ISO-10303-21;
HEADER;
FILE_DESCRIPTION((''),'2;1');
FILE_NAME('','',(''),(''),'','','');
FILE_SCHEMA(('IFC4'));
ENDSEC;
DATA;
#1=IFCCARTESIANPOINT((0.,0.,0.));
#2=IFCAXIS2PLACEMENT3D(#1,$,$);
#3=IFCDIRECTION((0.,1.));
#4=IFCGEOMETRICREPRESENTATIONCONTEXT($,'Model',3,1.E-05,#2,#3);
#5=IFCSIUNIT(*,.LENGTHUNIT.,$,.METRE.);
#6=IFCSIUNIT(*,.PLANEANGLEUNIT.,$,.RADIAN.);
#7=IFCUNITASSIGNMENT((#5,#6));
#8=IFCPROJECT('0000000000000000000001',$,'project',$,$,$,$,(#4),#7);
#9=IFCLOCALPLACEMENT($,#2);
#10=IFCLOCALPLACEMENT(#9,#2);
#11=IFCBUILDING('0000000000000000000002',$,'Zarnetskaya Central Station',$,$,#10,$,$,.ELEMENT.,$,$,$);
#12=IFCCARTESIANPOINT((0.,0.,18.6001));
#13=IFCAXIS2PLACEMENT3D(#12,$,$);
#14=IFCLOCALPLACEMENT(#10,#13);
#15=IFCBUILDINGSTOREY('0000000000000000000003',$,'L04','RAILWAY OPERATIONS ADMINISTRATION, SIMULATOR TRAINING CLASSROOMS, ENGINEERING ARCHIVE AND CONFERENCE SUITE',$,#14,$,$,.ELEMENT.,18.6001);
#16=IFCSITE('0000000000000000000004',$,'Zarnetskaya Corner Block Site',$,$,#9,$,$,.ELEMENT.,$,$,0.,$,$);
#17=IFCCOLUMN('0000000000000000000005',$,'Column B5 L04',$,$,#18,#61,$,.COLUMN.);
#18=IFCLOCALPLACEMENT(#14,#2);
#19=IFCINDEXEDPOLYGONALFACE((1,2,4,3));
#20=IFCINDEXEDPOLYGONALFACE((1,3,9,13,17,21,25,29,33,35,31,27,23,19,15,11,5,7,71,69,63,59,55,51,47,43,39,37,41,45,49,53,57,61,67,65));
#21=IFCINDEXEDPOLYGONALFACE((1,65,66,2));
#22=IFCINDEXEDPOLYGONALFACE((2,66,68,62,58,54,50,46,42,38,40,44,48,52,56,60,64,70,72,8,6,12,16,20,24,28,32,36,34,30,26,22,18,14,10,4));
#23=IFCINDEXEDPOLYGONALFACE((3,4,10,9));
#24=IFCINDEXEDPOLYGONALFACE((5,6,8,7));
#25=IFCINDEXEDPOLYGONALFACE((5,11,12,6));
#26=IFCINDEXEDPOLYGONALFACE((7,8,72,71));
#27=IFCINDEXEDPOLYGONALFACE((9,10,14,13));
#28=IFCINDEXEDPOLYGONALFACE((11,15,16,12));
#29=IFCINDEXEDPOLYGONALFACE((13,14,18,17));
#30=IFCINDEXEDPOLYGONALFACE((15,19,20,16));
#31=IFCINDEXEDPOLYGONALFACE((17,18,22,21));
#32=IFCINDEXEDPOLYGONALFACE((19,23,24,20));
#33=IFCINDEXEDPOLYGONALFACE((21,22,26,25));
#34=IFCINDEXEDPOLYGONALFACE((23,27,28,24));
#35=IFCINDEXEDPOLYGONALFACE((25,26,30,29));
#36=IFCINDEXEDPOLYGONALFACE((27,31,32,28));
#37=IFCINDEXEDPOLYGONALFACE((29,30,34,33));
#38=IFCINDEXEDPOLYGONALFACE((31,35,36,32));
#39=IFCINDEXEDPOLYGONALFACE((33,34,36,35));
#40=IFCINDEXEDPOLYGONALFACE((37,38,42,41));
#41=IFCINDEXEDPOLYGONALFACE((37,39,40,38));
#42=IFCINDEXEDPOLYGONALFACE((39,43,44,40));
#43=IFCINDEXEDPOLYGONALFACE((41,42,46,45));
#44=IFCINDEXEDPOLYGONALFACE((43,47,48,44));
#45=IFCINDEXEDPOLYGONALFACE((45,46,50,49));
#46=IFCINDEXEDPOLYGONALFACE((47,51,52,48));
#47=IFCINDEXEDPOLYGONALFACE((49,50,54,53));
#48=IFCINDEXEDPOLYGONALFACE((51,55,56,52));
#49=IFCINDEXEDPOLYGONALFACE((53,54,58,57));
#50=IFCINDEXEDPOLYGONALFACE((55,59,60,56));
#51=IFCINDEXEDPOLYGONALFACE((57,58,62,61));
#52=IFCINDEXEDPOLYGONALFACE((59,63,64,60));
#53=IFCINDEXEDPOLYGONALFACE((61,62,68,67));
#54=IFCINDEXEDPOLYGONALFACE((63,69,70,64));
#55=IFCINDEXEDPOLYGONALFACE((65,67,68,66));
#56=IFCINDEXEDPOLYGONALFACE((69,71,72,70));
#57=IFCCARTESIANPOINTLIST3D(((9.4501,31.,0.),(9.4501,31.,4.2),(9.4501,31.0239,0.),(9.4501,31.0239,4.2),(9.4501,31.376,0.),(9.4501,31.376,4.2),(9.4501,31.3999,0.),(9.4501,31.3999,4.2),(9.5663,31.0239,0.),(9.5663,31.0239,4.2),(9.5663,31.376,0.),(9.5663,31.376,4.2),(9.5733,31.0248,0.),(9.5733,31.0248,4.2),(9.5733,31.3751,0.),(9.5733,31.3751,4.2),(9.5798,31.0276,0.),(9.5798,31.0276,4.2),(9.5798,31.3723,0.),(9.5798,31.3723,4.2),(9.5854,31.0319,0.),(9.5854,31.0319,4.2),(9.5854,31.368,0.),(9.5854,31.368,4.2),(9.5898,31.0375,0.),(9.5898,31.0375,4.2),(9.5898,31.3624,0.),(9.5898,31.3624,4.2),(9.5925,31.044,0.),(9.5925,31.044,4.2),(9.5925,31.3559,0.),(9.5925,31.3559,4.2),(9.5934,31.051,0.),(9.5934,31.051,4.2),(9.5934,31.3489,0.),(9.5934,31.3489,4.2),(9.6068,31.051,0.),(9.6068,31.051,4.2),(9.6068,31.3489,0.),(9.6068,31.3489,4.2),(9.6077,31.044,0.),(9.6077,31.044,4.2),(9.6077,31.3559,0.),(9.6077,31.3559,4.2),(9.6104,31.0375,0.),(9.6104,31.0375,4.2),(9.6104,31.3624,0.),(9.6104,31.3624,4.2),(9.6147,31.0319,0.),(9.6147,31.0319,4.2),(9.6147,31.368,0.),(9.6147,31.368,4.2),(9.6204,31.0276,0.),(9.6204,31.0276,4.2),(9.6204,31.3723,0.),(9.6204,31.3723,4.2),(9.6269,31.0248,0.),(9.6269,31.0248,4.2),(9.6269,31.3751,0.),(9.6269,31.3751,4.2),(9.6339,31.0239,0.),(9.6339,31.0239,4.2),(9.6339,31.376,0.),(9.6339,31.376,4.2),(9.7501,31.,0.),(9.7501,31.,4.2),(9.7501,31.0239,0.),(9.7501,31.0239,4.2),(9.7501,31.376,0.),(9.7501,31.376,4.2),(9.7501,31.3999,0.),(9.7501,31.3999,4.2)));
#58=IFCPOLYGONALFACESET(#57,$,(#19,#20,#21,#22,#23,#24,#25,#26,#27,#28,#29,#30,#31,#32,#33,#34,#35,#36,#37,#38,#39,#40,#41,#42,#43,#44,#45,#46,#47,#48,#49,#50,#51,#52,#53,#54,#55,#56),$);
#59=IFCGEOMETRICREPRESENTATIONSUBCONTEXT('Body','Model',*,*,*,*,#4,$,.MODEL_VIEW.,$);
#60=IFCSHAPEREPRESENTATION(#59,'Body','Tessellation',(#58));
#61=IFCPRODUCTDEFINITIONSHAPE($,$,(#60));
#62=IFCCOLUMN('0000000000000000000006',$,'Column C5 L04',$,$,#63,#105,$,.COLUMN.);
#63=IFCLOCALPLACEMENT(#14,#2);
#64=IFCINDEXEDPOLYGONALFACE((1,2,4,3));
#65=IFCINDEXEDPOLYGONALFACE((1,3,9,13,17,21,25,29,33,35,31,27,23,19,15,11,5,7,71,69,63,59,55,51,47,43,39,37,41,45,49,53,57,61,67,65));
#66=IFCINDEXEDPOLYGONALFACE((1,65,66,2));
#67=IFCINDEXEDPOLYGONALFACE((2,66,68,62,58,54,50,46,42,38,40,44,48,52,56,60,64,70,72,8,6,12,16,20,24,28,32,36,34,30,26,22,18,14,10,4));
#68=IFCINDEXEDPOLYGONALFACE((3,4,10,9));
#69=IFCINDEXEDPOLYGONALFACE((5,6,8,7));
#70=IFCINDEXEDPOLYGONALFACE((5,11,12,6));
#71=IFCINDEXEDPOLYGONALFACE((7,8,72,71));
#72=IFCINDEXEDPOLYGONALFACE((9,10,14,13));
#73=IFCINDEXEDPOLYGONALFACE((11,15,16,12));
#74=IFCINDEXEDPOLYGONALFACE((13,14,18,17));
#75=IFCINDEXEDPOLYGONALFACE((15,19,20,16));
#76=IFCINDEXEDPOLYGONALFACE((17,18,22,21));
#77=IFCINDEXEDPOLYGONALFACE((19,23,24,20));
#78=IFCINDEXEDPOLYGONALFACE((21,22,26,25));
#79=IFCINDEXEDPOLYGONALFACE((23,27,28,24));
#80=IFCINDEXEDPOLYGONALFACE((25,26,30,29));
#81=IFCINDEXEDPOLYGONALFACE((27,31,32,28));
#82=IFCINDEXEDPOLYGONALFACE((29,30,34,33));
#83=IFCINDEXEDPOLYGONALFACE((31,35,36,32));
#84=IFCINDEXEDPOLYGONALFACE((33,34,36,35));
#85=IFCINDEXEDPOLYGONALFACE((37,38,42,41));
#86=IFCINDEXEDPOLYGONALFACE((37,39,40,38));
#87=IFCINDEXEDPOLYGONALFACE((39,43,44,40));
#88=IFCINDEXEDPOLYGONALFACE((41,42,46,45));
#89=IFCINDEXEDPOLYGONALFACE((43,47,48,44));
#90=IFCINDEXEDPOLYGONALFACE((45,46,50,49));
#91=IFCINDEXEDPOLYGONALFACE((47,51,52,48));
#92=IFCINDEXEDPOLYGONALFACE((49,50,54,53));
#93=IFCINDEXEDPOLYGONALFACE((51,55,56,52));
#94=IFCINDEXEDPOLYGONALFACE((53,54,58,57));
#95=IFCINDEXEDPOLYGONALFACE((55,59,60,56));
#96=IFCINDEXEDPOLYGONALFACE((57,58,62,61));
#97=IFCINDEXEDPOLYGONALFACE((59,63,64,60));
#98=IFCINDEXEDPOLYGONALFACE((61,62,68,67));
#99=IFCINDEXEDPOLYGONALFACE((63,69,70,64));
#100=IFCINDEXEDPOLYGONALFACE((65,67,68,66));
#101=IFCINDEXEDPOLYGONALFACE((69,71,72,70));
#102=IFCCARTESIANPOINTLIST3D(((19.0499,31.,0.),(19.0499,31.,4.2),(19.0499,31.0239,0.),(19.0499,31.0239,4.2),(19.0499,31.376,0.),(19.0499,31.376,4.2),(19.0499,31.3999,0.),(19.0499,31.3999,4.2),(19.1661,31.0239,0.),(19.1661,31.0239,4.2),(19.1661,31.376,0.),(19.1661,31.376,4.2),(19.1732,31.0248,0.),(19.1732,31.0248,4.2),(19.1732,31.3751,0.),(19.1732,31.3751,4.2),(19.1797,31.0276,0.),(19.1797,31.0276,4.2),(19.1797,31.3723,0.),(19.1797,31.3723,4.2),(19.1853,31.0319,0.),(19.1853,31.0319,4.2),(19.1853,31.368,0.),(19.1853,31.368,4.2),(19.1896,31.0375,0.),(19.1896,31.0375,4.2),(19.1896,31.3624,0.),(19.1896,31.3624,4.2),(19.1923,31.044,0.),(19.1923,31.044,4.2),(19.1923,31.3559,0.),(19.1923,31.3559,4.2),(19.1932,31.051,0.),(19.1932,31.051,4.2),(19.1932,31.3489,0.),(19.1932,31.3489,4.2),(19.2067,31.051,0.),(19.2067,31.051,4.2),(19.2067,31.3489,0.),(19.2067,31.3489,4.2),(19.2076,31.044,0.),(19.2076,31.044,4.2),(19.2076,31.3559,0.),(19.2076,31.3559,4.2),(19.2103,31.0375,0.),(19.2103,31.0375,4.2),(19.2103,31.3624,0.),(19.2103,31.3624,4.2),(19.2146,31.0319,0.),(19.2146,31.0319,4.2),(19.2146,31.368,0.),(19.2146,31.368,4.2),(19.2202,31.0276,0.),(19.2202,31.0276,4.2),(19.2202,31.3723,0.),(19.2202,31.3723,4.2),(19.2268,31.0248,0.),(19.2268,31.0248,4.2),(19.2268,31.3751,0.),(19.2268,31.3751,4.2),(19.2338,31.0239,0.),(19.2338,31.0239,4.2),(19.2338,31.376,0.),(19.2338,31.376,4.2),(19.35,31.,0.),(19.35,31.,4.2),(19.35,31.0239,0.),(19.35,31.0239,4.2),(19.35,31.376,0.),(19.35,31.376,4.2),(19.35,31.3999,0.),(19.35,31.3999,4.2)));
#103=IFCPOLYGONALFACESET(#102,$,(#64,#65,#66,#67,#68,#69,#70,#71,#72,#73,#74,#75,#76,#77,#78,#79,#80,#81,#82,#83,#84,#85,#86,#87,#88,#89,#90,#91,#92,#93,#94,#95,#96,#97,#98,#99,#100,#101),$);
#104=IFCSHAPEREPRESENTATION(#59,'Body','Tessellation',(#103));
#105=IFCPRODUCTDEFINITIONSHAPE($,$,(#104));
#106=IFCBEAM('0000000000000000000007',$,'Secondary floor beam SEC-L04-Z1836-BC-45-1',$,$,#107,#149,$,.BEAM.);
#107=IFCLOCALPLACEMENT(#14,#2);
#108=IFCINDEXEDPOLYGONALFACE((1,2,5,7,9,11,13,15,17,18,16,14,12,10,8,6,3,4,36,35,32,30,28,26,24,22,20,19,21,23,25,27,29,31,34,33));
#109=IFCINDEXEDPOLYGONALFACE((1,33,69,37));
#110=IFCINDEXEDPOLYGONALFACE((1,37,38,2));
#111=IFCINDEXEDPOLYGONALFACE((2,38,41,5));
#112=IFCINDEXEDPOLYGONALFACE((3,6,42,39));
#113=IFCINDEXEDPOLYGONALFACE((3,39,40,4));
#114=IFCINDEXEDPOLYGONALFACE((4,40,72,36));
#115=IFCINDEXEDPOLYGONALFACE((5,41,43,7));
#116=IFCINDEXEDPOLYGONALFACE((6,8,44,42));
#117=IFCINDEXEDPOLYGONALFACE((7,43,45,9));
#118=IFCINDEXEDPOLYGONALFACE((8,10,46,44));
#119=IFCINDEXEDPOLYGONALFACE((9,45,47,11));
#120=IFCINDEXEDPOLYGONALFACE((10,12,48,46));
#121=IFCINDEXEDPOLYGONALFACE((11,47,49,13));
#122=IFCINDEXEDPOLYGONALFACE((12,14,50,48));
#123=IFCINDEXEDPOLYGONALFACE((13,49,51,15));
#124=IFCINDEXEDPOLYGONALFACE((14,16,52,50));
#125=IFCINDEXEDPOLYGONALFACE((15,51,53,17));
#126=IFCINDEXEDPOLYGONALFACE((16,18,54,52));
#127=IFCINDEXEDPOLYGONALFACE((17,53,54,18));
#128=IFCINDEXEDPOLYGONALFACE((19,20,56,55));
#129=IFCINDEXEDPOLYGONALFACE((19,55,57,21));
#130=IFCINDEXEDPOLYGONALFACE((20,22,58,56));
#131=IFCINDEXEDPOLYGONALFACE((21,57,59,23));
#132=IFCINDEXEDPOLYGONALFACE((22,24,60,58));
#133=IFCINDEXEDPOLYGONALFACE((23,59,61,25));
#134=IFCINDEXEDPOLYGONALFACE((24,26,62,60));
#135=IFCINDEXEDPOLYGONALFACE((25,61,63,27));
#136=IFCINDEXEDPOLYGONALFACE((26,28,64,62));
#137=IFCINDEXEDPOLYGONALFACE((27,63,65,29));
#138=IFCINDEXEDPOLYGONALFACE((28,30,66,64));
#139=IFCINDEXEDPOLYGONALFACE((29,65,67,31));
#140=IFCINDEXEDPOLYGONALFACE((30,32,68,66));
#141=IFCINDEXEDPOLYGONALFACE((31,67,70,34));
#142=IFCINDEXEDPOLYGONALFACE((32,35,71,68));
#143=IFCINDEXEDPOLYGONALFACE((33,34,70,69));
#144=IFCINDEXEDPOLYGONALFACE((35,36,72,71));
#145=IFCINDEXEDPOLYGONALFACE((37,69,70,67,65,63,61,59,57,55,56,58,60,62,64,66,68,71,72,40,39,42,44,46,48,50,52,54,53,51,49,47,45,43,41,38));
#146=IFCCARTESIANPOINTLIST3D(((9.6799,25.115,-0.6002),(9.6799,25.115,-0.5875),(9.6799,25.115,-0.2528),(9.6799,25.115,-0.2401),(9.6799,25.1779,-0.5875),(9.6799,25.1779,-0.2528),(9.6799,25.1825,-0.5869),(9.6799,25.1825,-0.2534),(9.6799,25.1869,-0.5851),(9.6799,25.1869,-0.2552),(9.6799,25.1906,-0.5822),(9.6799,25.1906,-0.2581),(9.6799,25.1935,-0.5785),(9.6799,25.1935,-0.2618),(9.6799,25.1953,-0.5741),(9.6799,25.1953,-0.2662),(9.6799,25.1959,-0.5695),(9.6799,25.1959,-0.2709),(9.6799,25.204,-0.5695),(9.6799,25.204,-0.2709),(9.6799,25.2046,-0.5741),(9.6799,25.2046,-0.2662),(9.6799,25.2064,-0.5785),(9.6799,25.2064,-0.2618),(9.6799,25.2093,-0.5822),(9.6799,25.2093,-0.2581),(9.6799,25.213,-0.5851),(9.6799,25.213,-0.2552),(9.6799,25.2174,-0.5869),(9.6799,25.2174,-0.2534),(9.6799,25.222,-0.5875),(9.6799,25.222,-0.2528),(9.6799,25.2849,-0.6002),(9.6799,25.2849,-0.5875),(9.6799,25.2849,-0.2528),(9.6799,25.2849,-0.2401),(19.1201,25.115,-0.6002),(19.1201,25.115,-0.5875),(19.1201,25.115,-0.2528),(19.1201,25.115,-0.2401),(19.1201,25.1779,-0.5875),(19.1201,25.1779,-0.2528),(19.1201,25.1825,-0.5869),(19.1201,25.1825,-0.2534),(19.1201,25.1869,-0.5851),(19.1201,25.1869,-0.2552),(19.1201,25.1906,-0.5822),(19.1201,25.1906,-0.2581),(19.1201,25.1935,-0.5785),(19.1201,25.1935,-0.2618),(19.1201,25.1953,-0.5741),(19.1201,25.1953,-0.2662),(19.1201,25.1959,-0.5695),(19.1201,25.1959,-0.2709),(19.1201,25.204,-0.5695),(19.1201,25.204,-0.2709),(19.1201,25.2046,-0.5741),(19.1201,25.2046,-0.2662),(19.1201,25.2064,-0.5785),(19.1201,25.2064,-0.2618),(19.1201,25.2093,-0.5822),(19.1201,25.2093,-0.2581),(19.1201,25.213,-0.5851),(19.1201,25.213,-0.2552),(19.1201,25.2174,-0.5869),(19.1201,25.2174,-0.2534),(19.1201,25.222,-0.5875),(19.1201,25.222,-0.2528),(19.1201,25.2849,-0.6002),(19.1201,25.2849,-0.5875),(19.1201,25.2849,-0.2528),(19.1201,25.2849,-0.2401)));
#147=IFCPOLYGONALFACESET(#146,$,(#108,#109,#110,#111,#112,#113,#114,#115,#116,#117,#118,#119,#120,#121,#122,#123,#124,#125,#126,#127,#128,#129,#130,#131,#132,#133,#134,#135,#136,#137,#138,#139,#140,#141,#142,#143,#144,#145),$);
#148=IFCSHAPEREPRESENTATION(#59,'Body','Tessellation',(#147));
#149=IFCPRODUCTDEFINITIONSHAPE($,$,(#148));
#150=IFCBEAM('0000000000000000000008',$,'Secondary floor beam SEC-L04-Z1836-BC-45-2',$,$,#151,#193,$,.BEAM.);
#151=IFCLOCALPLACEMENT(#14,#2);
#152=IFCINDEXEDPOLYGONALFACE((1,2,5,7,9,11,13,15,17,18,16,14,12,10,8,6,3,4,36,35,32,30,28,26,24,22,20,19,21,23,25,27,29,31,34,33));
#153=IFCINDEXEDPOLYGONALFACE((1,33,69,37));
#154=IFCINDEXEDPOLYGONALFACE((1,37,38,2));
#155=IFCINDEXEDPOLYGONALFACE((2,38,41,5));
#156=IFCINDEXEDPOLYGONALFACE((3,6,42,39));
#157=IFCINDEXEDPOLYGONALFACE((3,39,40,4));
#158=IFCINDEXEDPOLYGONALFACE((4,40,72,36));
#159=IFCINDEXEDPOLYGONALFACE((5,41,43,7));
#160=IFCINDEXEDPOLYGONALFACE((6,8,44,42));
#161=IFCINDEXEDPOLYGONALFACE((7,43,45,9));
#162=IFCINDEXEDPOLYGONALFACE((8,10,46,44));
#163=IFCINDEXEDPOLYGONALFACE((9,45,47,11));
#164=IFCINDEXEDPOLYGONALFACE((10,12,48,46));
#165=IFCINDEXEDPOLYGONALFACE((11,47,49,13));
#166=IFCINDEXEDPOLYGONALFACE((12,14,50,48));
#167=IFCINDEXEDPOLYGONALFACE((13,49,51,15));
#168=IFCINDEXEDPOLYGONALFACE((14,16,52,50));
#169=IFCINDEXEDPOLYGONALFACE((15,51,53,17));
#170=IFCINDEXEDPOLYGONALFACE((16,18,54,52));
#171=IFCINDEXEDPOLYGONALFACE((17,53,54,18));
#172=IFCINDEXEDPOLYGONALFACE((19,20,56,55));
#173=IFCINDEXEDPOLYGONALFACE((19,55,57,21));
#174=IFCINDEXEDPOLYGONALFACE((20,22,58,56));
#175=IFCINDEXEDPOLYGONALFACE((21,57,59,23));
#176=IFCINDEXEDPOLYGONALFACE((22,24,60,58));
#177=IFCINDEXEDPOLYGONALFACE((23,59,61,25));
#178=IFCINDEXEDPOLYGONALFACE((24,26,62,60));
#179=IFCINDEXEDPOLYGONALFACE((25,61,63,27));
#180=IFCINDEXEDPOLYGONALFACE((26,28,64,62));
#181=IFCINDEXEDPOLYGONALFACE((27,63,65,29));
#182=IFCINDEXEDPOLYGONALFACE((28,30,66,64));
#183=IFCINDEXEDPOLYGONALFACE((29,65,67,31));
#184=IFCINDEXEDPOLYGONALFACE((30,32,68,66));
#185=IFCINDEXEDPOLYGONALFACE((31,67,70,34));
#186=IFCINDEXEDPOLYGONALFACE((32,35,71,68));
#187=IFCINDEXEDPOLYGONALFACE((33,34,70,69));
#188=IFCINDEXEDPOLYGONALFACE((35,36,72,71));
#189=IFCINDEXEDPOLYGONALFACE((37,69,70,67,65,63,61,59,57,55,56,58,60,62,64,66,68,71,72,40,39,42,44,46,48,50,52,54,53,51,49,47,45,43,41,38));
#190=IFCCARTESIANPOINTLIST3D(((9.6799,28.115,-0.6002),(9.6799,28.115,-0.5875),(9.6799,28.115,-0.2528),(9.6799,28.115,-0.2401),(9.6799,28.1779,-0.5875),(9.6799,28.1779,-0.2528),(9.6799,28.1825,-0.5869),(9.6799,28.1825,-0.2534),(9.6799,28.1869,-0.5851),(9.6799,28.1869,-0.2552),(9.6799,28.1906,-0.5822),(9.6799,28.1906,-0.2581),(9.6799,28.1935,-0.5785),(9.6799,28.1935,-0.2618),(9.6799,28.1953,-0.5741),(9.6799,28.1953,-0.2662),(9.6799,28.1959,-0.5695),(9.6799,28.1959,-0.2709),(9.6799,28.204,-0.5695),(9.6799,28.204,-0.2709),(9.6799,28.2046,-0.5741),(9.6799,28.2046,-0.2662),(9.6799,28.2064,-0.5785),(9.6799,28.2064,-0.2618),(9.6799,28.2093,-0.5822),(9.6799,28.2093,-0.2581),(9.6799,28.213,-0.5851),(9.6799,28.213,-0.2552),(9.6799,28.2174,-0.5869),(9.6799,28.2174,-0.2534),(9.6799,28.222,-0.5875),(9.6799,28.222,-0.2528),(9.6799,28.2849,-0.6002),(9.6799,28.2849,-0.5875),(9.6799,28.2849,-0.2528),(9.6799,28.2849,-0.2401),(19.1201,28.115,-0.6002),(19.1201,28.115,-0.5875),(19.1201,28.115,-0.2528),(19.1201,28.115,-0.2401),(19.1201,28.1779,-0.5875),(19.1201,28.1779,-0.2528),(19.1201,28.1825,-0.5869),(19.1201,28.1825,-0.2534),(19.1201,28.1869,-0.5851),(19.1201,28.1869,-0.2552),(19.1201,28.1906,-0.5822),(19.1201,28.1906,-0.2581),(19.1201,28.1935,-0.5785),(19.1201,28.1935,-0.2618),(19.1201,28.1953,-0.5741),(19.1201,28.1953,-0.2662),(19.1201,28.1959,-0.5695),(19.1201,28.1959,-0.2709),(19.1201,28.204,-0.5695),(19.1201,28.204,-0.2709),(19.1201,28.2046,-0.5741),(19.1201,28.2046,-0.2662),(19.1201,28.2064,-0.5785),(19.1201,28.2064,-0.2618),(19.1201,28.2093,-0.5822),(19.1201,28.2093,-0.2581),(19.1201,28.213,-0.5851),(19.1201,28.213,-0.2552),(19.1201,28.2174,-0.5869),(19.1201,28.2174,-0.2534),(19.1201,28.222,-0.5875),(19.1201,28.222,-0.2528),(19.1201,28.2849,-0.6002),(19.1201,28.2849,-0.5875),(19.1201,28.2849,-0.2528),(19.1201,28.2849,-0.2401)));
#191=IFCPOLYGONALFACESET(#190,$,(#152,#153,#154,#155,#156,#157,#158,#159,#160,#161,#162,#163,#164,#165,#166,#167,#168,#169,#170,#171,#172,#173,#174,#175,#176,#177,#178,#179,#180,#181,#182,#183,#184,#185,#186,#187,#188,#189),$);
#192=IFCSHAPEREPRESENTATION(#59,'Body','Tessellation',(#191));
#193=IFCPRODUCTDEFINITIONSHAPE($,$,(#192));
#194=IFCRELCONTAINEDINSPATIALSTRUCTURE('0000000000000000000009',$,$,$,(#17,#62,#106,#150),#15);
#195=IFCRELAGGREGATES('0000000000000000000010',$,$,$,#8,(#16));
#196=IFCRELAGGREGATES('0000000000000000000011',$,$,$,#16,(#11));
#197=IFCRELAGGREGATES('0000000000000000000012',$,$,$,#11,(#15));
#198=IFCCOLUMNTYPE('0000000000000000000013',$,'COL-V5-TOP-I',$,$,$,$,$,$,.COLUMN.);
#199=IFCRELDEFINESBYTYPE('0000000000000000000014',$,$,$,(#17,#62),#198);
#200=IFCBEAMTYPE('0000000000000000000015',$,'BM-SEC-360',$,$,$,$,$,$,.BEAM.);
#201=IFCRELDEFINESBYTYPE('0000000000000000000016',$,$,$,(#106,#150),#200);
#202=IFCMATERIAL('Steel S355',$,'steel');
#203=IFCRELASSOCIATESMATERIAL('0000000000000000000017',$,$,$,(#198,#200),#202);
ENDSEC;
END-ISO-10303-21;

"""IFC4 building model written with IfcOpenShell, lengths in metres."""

from ifc_helpers import new_model, si_unit, direction, frame, origin, origin_2d, place, context, subcontext, project, spatial, i_section, extrude, material, material_profile, profile_set, type_object, element, save


model = new_model("IFC4")

# Units and contexts
model_context = context("Model", 3, precision=1e-05, world=origin(), true_north=direction((0.0, 1.0)))
body_context = subcontext(model_context, "Body", "Model", "MODEL_VIEW")
ifc_project = project(units=[si_unit("LENGTHUNIT", "METRE"), si_unit("PLANEANGLEUNIT", "RADIAN")], contexts=[model_context])

# Site, building, storey
site_placement = place(None, origin())
site = spatial("IfcSite", under=ifc_project, at=site_placement, Name="Zarnetskaya Corner Block Site", CompositionType="ELEMENT", RefElevation=0.0)
building_placement = place(site_placement, origin())
building = spatial("IfcBuilding", under=site, at=building_placement, Name="Zarnetskaya Central Station", CompositionType="ELEMENT")
storey_placement = place(building_placement, frame((0.0, 0.0, 18.6001)))
storey = spatial("IfcBuildingStorey", under=building, at=storey_placement, Name="L04", Description="RAILWAY OPERATIONS ADMINISTRATION, SIMULATOR TRAINING CLASSROOMS, ENGINEERING ARCHIVE AND CONFERENCE SUITE", CompositionType="ELEMENT", Elevation=18.6001)

# Columns
ifc_material_1 = material(Name="Steel S355", Category="steel")
ifc_material_profile_1 = material_profile(ifc_material_1, i_section(OverallWidth=0.3, OverallDepth=0.3999, WebThickness=0.0134, FlangeThickness=0.0239, FilletRadius=0.0271, at=origin_2d()), Name="HEB 400")
ifc_profile_set_1 = profile_set([ifc_material_profile_1], Name="Steel S355")
column_type = type_object("IfcColumnType", Name="COL-V5-TOP-I", PredefinedType="COLUMN", material=ifc_profile_set_1)
for number, where, z_axis, x_axis, name in (
    (1, (9.6001, 31.2, 0.0), (0.0, 0.0, 1.0), (1.0, 0.0, 0.0), "Column B5 L04"),
    (2, (19.2, 31.2, 0.0), (0.0, 0.0, 1.0), (1.0, 0.0, 0.0), "Column C5 L04"),
):
    element("IfcColumn", number, at=place(storey_placement, frame(where, z_axis=z_axis, x_axis=x_axis)), inside=storey, type_object=column_type, Name=name, PredefinedType="COLUMN", context=body_context, shape_type="SweptSolid", body=[
        extrude(i_section(OverallWidth=0.3, OverallDepth=0.3999, WebThickness=0.0134, FlangeThickness=0.0239, FilletRadius=0.0271, at=origin_2d()), origin(), (0.0, 0.0, 1.0), 4.2),
    ])

# Beams
ifc_material_profile_2 = material_profile(ifc_material_1, i_section(OverallWidth=0.1699, OverallDepth=0.3601, WebThickness=0.0081, FlangeThickness=0.0127, FilletRadius=0.0181, at=origin_2d()), Name="IPE 360")
ifc_profile_set_2 = profile_set([ifc_material_profile_2], Name="Steel S355")
beam_type_1 = type_object("IfcBeamType", Name="BM-SEC-360", PredefinedType="BEAM", material=ifc_profile_set_2)
for number, where, z_axis, x_axis, name in (
    (3, (9.6799, 25.2, -0.4202), (1.0, 0.0, 0.0), (0.0, 1.0, 0.0), "Secondary floor beam SEC-L04-Z1836-BC-45-1"),
    (4, (9.6799, 28.2, -0.4202), (1.0, 0.0, 0.0), (0.0, 1.0, 0.0), "Secondary floor beam SEC-L04-Z1836-BC-45-2"),
):
    element("IfcBeam", number, at=place(storey_placement, frame(where, z_axis=z_axis, x_axis=x_axis)), inside=storey, type_object=beam_type_1, Name=name, PredefinedType="BEAM", context=body_context, shape_type="SweptSolid", body=[
        extrude(i_section(OverallWidth=0.1699, OverallDepth=0.3601, WebThickness=0.0081, FlangeThickness=0.0127, FilletRadius=0.0181, at=origin_2d()), origin(), (0.0, 0.0, 1.0), 9.4402),
    ])

save(model, "model.ifc")
